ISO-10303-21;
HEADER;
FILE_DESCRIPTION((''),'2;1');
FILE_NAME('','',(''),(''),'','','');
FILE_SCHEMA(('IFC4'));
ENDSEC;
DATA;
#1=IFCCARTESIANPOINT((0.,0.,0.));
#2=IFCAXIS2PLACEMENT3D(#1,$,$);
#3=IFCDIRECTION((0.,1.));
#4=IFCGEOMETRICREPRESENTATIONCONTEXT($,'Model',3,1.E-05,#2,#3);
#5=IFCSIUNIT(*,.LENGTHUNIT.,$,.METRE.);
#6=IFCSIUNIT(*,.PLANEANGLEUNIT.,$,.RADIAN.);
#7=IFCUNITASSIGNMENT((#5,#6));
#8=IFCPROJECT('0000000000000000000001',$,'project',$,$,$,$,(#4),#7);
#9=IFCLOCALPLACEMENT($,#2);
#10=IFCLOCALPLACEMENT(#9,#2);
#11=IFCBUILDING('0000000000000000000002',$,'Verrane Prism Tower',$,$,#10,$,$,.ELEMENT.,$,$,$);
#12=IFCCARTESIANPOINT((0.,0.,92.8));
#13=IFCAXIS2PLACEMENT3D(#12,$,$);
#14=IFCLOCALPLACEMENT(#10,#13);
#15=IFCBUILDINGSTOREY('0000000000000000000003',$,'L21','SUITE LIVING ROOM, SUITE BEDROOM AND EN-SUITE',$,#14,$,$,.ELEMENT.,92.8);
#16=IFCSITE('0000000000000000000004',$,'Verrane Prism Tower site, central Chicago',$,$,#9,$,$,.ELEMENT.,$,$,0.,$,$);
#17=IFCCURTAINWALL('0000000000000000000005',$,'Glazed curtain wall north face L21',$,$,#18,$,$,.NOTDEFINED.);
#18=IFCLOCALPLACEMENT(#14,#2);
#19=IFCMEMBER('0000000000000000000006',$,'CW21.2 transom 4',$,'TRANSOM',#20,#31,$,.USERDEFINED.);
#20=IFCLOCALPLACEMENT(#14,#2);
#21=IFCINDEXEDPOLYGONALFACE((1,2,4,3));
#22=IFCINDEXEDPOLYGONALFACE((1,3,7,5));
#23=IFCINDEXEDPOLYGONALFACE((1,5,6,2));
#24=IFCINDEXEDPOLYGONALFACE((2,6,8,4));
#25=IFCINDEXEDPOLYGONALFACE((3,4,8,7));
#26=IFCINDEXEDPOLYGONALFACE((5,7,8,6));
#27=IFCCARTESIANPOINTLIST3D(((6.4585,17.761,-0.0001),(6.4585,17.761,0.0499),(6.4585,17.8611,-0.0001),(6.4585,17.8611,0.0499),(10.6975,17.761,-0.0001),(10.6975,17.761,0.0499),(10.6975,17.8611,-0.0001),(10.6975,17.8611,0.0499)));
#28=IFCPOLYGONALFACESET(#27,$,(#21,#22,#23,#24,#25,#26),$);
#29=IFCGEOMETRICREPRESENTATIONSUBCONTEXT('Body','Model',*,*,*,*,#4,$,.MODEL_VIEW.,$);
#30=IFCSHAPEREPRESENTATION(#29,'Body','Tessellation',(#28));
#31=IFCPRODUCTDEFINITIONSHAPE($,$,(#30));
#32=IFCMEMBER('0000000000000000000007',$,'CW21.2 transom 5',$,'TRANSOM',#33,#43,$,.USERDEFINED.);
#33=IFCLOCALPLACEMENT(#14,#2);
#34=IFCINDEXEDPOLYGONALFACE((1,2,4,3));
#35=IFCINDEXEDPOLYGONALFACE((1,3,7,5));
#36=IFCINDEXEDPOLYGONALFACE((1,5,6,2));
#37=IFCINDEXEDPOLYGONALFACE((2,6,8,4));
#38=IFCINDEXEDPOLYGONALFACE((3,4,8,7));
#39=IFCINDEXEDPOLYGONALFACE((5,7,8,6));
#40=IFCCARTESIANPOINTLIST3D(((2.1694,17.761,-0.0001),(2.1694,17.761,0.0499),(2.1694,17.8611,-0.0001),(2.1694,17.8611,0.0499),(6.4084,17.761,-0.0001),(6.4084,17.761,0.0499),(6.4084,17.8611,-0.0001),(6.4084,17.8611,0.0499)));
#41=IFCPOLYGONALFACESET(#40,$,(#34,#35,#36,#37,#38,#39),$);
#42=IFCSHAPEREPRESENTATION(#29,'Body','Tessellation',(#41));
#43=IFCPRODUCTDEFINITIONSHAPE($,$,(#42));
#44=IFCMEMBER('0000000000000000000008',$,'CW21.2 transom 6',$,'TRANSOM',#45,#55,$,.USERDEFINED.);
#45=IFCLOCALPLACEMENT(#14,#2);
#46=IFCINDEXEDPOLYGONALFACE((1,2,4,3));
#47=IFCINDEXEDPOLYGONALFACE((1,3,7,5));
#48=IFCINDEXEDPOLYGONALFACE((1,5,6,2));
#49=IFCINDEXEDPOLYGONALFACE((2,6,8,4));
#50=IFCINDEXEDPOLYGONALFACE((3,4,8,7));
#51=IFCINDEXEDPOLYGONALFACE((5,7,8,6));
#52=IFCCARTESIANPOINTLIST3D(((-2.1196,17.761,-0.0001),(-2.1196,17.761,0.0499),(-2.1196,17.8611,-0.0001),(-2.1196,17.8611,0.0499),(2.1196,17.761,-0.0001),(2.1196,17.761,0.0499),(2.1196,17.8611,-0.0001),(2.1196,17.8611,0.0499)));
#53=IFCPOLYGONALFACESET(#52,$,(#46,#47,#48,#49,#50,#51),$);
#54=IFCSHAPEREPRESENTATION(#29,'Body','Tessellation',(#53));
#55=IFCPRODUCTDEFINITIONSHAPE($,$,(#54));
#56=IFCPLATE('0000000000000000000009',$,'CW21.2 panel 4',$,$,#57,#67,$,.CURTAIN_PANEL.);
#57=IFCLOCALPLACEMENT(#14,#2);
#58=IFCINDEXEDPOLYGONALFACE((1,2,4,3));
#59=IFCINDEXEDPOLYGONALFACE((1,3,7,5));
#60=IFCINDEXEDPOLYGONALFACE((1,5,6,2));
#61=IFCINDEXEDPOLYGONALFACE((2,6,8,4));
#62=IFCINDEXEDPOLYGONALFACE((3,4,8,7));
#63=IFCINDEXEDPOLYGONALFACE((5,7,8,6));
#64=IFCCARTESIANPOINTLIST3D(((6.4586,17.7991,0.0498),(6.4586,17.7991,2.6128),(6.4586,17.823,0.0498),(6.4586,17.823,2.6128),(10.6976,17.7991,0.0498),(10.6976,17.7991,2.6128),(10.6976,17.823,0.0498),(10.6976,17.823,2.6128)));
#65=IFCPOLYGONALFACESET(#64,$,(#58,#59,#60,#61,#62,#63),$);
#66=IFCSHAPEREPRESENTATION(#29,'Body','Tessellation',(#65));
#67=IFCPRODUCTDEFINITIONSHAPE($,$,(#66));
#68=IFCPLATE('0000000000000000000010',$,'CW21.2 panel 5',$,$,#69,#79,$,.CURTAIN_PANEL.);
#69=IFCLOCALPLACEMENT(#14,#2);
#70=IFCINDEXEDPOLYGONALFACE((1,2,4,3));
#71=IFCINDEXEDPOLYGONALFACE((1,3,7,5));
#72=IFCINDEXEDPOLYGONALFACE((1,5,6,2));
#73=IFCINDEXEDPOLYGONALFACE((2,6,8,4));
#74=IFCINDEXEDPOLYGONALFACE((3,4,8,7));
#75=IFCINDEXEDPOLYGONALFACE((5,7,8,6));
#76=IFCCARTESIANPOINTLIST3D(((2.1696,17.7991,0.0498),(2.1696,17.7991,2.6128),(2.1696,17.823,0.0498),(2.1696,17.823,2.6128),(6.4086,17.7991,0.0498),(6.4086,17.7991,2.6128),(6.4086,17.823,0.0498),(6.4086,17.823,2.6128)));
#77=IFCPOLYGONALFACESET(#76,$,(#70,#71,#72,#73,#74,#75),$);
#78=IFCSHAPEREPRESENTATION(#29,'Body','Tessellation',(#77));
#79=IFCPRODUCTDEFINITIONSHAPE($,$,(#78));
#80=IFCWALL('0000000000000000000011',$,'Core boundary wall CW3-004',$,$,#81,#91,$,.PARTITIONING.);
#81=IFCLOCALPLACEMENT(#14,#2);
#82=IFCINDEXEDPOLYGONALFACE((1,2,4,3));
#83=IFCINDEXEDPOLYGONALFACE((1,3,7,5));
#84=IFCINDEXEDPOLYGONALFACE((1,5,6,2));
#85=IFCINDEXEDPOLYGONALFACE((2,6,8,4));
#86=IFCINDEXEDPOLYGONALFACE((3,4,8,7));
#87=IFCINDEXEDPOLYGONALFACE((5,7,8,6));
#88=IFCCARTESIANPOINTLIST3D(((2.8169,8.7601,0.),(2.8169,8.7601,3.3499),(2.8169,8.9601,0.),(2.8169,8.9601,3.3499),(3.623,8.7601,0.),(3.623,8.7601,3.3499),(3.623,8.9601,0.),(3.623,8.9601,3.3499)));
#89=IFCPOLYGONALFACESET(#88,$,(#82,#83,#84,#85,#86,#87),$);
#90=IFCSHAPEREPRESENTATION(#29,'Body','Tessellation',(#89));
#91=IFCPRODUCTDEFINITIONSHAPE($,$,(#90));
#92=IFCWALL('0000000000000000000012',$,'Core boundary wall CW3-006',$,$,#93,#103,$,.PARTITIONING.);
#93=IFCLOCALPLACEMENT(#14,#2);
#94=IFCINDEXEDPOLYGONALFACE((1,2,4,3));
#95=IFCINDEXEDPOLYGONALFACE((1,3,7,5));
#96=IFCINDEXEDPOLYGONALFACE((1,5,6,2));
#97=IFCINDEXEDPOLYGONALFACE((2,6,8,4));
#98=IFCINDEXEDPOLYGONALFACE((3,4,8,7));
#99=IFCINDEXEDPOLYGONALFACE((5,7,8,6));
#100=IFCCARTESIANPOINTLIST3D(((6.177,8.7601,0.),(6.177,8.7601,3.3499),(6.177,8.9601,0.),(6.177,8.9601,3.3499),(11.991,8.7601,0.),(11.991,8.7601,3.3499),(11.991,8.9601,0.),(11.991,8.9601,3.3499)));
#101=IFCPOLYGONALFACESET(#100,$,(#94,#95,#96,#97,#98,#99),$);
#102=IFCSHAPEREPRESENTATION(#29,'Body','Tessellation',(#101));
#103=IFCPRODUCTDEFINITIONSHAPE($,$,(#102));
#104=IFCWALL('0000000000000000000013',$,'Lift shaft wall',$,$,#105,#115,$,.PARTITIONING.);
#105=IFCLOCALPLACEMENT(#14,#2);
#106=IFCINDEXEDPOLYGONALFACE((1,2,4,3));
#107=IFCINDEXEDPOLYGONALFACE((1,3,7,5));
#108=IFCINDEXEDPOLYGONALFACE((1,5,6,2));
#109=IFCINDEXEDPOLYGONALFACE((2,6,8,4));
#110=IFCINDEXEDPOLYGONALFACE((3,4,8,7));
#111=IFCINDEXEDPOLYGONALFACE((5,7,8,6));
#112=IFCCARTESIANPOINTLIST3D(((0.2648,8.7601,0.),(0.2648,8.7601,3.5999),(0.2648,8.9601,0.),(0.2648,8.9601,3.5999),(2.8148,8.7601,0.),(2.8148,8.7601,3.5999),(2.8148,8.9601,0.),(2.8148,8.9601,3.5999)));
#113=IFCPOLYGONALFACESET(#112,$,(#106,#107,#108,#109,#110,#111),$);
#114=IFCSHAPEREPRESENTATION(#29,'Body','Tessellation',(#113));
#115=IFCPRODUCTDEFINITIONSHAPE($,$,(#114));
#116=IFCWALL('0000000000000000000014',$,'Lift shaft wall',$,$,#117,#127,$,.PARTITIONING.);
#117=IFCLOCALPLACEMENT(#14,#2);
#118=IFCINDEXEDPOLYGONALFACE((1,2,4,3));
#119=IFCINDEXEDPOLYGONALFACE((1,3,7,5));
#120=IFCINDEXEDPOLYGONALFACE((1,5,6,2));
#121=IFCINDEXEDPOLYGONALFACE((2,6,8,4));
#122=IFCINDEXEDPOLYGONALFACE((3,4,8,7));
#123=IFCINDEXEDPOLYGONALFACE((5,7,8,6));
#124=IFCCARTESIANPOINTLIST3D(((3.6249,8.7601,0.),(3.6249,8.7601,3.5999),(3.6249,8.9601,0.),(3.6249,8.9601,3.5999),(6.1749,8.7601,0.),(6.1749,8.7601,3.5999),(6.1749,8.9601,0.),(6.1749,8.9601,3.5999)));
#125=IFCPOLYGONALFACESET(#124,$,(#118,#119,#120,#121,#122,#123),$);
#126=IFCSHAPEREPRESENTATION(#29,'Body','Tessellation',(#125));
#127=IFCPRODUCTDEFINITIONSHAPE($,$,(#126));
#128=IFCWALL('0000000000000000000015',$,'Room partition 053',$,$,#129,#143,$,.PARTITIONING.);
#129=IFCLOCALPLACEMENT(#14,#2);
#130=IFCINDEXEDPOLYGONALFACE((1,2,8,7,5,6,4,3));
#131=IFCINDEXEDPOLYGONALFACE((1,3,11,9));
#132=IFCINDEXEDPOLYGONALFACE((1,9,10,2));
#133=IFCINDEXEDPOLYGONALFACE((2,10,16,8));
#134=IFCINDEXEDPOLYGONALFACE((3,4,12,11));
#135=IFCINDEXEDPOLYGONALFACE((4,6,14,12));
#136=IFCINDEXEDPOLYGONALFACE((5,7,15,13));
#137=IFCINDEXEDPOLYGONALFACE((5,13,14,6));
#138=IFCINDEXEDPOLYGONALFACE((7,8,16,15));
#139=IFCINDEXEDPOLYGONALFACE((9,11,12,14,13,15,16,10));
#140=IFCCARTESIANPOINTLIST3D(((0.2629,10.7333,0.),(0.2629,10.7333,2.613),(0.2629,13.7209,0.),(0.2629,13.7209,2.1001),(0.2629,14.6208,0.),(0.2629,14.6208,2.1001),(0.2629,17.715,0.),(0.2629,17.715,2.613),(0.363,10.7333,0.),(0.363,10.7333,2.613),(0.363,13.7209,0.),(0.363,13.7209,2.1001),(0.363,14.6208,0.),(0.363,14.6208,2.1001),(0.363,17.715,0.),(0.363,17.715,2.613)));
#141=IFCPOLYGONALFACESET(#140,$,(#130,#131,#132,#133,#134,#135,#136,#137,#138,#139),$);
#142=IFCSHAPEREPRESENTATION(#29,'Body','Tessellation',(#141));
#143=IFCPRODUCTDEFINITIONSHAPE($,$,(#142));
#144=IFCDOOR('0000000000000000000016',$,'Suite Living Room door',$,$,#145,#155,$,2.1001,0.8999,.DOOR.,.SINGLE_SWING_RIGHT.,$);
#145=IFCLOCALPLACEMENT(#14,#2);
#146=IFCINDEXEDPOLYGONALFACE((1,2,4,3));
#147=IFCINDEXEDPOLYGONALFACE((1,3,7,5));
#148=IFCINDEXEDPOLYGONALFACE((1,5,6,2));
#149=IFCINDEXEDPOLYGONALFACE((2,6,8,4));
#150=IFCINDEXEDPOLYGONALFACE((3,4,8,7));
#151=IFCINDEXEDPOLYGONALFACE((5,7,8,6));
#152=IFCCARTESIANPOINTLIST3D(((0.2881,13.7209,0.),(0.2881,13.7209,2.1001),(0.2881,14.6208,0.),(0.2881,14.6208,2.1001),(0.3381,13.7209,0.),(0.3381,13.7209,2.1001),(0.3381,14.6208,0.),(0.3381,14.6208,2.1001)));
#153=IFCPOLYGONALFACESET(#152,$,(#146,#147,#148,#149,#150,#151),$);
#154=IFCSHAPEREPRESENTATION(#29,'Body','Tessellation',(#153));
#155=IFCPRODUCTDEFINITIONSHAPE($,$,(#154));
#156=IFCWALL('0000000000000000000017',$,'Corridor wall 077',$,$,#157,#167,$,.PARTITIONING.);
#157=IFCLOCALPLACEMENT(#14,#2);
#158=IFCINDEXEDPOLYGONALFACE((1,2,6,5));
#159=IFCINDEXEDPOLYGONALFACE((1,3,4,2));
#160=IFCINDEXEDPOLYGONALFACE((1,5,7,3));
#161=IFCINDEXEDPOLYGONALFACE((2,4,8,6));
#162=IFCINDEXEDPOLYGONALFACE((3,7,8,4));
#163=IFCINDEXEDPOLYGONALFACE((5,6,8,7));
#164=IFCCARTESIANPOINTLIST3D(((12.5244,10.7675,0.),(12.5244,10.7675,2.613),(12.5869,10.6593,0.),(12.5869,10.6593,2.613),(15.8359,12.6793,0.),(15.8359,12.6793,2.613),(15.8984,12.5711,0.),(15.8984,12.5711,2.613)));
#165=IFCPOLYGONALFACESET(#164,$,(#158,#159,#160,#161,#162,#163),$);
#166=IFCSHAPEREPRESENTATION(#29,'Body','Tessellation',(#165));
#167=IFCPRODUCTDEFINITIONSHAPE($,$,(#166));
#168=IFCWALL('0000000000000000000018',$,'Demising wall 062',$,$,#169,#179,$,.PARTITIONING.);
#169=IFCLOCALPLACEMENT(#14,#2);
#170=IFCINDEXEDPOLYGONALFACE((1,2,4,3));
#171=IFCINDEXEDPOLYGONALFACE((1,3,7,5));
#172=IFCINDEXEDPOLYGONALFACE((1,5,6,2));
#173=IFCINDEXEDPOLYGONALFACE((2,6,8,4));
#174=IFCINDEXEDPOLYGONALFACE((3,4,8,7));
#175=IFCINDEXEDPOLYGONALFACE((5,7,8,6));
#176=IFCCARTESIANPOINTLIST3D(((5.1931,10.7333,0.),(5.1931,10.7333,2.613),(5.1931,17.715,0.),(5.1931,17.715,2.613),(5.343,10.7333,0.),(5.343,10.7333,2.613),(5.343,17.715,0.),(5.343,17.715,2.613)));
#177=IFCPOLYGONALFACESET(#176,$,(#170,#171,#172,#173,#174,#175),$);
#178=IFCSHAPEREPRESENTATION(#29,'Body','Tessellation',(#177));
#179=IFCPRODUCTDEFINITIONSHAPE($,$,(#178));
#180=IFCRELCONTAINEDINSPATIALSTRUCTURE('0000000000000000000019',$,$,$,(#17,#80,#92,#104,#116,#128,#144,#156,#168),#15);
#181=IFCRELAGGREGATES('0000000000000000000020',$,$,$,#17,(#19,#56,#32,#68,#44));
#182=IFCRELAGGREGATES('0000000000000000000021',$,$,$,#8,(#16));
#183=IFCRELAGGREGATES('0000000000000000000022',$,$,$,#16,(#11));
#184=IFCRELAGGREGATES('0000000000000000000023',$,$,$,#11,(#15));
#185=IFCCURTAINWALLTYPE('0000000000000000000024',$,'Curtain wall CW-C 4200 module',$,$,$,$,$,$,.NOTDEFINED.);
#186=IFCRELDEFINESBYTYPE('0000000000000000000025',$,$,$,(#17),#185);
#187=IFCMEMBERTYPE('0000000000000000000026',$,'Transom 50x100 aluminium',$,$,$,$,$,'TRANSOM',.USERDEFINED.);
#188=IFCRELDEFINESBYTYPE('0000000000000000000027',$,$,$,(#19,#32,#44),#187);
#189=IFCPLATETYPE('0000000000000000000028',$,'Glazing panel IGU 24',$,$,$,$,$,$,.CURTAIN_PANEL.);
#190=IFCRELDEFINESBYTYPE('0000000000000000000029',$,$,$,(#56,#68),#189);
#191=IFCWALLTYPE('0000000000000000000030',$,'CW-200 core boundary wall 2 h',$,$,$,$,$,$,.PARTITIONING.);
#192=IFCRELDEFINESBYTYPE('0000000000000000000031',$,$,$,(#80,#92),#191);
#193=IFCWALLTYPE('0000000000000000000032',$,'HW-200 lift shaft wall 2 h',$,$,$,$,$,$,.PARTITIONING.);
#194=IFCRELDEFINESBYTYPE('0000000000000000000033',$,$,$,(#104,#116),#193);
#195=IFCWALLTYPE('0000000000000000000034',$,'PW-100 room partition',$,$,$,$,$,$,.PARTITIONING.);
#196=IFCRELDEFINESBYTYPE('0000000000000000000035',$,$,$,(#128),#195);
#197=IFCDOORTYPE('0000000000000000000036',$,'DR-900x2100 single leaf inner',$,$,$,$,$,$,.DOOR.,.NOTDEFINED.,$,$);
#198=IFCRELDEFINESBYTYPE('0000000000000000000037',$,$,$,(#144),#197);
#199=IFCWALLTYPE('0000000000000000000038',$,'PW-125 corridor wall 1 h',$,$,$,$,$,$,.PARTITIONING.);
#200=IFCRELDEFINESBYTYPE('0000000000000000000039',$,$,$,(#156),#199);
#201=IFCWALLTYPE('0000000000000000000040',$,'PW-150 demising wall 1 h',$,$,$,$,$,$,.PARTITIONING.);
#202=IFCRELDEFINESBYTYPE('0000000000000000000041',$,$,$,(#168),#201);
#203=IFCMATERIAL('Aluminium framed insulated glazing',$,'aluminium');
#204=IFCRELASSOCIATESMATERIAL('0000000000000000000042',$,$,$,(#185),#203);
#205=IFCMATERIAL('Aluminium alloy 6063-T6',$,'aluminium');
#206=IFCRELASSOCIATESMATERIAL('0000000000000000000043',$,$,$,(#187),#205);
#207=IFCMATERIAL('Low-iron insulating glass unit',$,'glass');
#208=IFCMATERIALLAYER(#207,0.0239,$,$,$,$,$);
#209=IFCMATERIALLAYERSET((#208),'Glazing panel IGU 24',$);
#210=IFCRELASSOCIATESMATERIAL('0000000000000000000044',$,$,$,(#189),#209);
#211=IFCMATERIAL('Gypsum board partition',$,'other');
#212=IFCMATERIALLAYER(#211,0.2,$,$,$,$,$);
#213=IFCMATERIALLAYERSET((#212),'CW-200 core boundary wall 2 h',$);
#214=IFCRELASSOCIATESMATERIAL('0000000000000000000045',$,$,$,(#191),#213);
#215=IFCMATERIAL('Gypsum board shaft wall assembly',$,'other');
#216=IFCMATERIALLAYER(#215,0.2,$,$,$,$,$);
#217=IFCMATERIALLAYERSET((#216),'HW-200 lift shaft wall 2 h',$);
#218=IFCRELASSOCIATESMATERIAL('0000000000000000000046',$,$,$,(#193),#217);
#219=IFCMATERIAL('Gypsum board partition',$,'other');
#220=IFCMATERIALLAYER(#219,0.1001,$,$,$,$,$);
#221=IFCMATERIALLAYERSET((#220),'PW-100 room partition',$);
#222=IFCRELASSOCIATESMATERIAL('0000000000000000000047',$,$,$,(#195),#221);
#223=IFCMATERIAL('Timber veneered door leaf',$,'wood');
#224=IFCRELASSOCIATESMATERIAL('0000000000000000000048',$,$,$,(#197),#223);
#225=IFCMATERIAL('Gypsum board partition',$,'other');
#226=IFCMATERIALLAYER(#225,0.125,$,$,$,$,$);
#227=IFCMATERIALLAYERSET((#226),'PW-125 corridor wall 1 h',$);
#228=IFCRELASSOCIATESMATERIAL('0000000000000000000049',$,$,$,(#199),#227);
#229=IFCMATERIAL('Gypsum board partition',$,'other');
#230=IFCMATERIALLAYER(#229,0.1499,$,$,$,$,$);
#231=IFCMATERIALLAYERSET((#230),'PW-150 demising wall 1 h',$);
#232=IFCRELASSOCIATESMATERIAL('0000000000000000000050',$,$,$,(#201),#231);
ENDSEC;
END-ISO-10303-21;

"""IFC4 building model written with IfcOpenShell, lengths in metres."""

from ifc_helpers import new_model, si_unit, direction, frame, frame_2d, origin, origin_2d, place, context, subcontext, project, spatial, rectangle, extrude, material, layer, layer_set, material_profile, profile_set, type_object, element, fill, aggregate, save


model = new_model("IFC4")

# Units and contexts
model_context = context("Model", 3, precision=1e-05, world=origin(), true_north=direction((0.0, 1.0)))
body_context = subcontext(model_context, "Body", "Model", "MODEL_VIEW")
ifc_project = project(units=[si_unit("LENGTHUNIT", "METRE"), si_unit("PLANEANGLEUNIT", "RADIAN")], contexts=[model_context])

# Site, building, storey
site_placement = place(None, origin())
site = spatial("IfcSite", under=ifc_project, at=site_placement, Name="Verrane Prism Tower site, central Chicago", CompositionType="ELEMENT", RefElevation=0.0)
building_placement = place(site_placement, origin())
building = spatial("IfcBuilding", under=site, at=building_placement, Name="Verrane Prism Tower", CompositionType="ELEMENT")
storey_placement = place(building_placement, frame((0.0, 0.0, 92.8)))
storey = spatial("IfcBuildingStorey", under=building, at=storey_placement, Name="L21", Description="SUITE LIVING ROOM, SUITE BEDROOM AND EN-SUITE", CompositionType="ELEMENT", Elevation=92.8)

# Curtain wall
ifc_material_1 = material(Name="Aluminium framed insulated glazing", Category="aluminium")
curtain_wall_type = type_object("IfcCurtainWallType", Name="Curtain wall CW-C 4200 module", PredefinedType="NOTDEFINED", material=ifc_material_1)
curtain_wall_placement = place(storey_placement, origin())
curtain_wall = element("IfcCurtainWall", 1, at=curtain_wall_placement, inside=storey, type_object=curtain_wall_type, Name="Glazed curtain wall north face L21", PredefinedType="NOTDEFINED")

# Members
ifc_material_2 = material(Name="Aluminium alloy 6063-T6", Category="aluminium")
ifc_material_profile_1 = material_profile(ifc_material_2, rectangle(XDim=0.1001, YDim=0.05, at=origin_2d()), Name="Transom 50x100 aluminium")
ifc_profile_set_1 = profile_set([ifc_material_profile_1], Name="Aluminium alloy 6063-T6")
member_type_1 = type_object("IfcMemberType", Name="Transom 50x100 aluminium", ElementType="TRANSOM", PredefinedType="USERDEFINED", material=ifc_profile_set_1)
member_1_placement = place(storey_placement, frame((10.6975, 17.811, 0.0249), z_axis=(-1.0, 0.0, 0.0), x_axis=(0.0, -1.0, 0.0)))
member_1 = element("IfcMember", 2, at=member_1_placement, type_object=member_type_1, Name="CW21.2 transom 4", ObjectType="TRANSOM", PredefinedType="USERDEFINED", context=body_context, shape_type="SweptSolid", body=[
    extrude(rectangle(XDim=0.1001, YDim=0.05, at=origin_2d()), origin(), (0.0, 0.0, 1.0), 4.239),
])
member_2_placement = place(storey_placement, frame((6.4084, 17.811, 0.0249), z_axis=(-1.0, 0.0, 0.0), x_axis=(0.0, -1.0, 0.0)))
member_2 = element("IfcMember", 3, at=member_2_placement, type_object=member_type_1, Name="CW21.2 transom 5", ObjectType="TRANSOM", PredefinedType="USERDEFINED", context=body_context, shape_type="SweptSolid", body=[
    extrude(rectangle(XDim=0.1001, YDim=0.05, at=origin_2d()), origin(), (0.0, 0.0, 1.0), 4.239),
])
member_3_placement = place(storey_placement, frame((2.1196, 17.811, 0.0249), z_axis=(-1.0, 0.0, 0.0), x_axis=(0.0, -1.0, 0.0)))
member_3 = element("IfcMember", 4, at=member_3_placement, type_object=member_type_1, Name="CW21.2 transom 6", ObjectType="TRANSOM", PredefinedType="USERDEFINED", context=body_context, shape_type="SweptSolid", body=[
    extrude(rectangle(XDim=0.1001, YDim=0.05, at=origin_2d()), origin(), (0.0, 0.0, 1.0), 4.2393),
])

# Plates
ifc_material_3 = material(Name="Low-iron insulating glass unit", Category="glass")
ifc_layer_1 = layer(ifc_material_3, 0.0239)
ifc_layer_set_1 = layer_set([ifc_layer_1], Name="Glazing panel IGU 24")
plate_type = type_object("IfcPlateType", Name="Glazing panel IGU 24", PredefinedType="CURTAIN_PANEL", material=ifc_layer_set_1)
plate_1_placement = place(storey_placement, frame((8.5781, 17.811, 0.0498), z_axis=(0.0, 0.0, 1.0), x_axis=(-1.0, 0.0, 0.0)))
plate_1 = element("IfcPlate", 5, at=plate_1_placement, type_object=plate_type, Name="CW21.2 panel 4", PredefinedType="CURTAIN_PANEL", context=body_context, shape_type="SweptSolid", body=[
    extrude(rectangle(XDim=4.239, YDim=0.0239, at=origin_2d()), origin(), (0.0, 0.0, 1.0), 2.563),
])
plate_2_placement = place(storey_placement, frame((4.2891, 17.811, 0.0498), z_axis=(0.0, 0.0, 1.0), x_axis=(-1.0, 0.0, 0.0)))
plate_2 = element("IfcPlate", 6, at=plate_2_placement, type_object=plate_type, Name="CW21.2 panel 5", PredefinedType="CURTAIN_PANEL", context=body_context, shape_type="SweptSolid", body=[
    extrude(rectangle(XDim=4.239, YDim=0.0239, at=origin_2d()), origin(), (0.0, 0.0, 1.0), 2.563),
])
aggregate(curtain_wall, [member_1, plate_1, member_2, plate_2, member_3])

# Walls
ifc_material_4 = material(Name="Gypsum board partition", Category="other")
ifc_layer_2 = layer(ifc_material_4, 0.2)
ifc_layer_set_2 = layer_set([ifc_layer_2], Name="CW-200 core boundary wall 2 h")
wall_type_1 = type_object("IfcWallType", Name="CW-200 core boundary wall 2 h", PredefinedType="PARTITIONING", material=ifc_layer_set_2)
wall_1_placement = place(storey_placement, frame((2.8169, 8.8601, 0.0), z_axis=(0.0, 0.0, 1.0), x_axis=(1.0, 0.0, 0.0)))
element("IfcWall", 7, at=wall_1_placement, inside=storey, type_object=wall_type_1, Name="Core boundary wall CW3-004", PredefinedType="PARTITIONING", context=body_context, shape_type="SweptSolid", body=[
    extrude(rectangle(XDim=0.8062, YDim=0.2, at=frame_2d((0.4031, 0.0))), origin(), (0.0, 0.0, 1.0), 3.3499),
])
wall_2_placement = place(storey_placement, frame((6.177, 8.8601, 0.0), z_axis=(0.0, 0.0, 1.0), x_axis=(1.0, 0.0, 0.0)))
element("IfcWall", 8, at=wall_2_placement, inside=storey, type_object=wall_type_1, Name="Core boundary wall CW3-006", PredefinedType="PARTITIONING", context=body_context, shape_type="SweptSolid", body=[
    extrude(rectangle(XDim=5.814, YDim=0.2, at=frame_2d((2.907, 0.0))), origin(), (0.0, 0.0, 1.0), 3.3499),
])
ifc_material_5 = material(Name="Gypsum board shaft wall assembly", Category="other")
ifc_layer_3 = layer(ifc_material_5, 0.2)
ifc_layer_set_3 = layer_set([ifc_layer_3], Name="HW-200 lift shaft wall 2 h")
wall_type_2 = type_object("IfcWallType", Name="HW-200 lift shaft wall 2 h", PredefinedType="PARTITIONING", material=ifc_layer_set_3)
for number, where, z_axis, x_axis, name in (
    (9, (0.2649, 8.8601, 0.0), (0.0, 0.0, 1.0), (1.0, 0.0, 0.0), "Lift shaft wall"),
    (10, (3.625, 8.8601, 0.0), (0.0, 0.0, 1.0), (1.0, 0.0, 0.0), "Lift shaft wall"),
):
    element("IfcWall", number, at=place(storey_placement, frame(where, z_axis=z_axis, x_axis=x_axis)), inside=storey, type_object=wall_type_2, Name=name, PredefinedType="PARTITIONING", context=body_context, shape_type="SweptSolid", body=[
        extrude(rectangle(XDim=2.55, YDim=0.2, at=frame_2d((1.2749, 0.0))), origin(), (0.0, 0.0, 1.0), 3.5999),
    ])

# Wall, opening, door
ifc_material_6 = material(Name="Gypsum board partition", Category="other")
ifc_layer_4 = layer(ifc_material_6, 0.1001)
ifc_layer_set_4 = layer_set([ifc_layer_4], Name="PW-100 room partition")
wall_type_3 = type_object("IfcWallType", Name="PW-100 room partition", PredefinedType="PARTITIONING", material=ifc_layer_set_4)
wall_3_placement = place(storey_placement, frame((0.313, 10.7334, 0.0), z_axis=(0.0, 0.0, 1.0), x_axis=(0.0, 1.0, 0.0)))
wall_3 = element("IfcWall", 11, at=wall_3_placement, inside=storey, type_object=wall_type_3, Name="Room partition 053", PredefinedType="PARTITIONING", context=body_context, shape_type="SweptSolid", body=[
    extrude(rectangle(XDim=6.9817, YDim=0.1001, at=frame_2d((3.4907, 0.0))), origin(), (0.0, 0.0, 1.0), 2.613),
])
opening_1_placement = place(wall_3_placement, frame((2.9875, 0.0, 0.0)))
opening_1 = element("IfcOpeningElement", 12, at=opening_1_placement, cuts=wall_3, PredefinedType="OPENING", context=body_context, shape_type="SweptSolid", body=[
    extrude(rectangle(XDim=0.8999, YDim=2.1001, at=frame_2d((0.45, 1.05))), frame((0.0, 0.0601, 0.0), z_axis=(0.0, -1.0, 0.0), x_axis=(1.0, 0.0, 0.0)), (0.0, 0.0, 1.0), 0.1201),
])
ifc_material_7 = material(Name="Timber veneered door leaf", Category="wood")
door_type_1 = type_object("IfcDoorType", Name="DR-900x2100 single leaf inner", OperationType="NOTDEFINED", PredefinedType="DOOR", material=ifc_material_7)
door_1_placement = place(opening_1_placement, origin())
door_1 = element("IfcDoor", 13, at=door_1_placement, inside=storey, type_object=door_type_1, Name="Suite Living Room door", OperationType="SINGLE_SWING_RIGHT", OverallHeight=2.1001, OverallWidth=0.8999, PredefinedType="DOOR", context=body_context, shape_type="SweptSolid", body=[
    extrude(rectangle(XDim=0.8999, YDim=2.1001, at=frame_2d((0.45, 1.05))), frame((0.0, 0.0249, 0.0), z_axis=(0.0, -1.0, 0.0), x_axis=(1.0, 0.0, 0.0)), (0.0, 0.0, 1.0), 0.05),
])
fill(opening_1, door_1)

# Walls
ifc_material_8 = material(Name="Gypsum board partition", Category="other")
ifc_layer_5 = layer(ifc_material_8, 0.125)
ifc_layer_set_5 = layer_set([ifc_layer_5], Name="PW-125 corridor wall 1 h")
wall_type_4 = type_object("IfcWallType", Name="PW-125 corridor wall 1 h", PredefinedType="PARTITIONING", material=ifc_layer_set_5)
wall_4_placement = place(storey_placement, frame((12.5557, 10.7134, 0.0), z_axis=(0.0, 0.0, 1.0), x_axis=(0.86603, 0.499991, 0.0)))
element("IfcWall", 14, at=wall_4_placement, inside=storey, type_object=wall_type_4, Name="Corridor wall 077", PredefinedType="PARTITIONING", context=body_context, shape_type="SweptSolid", body=[
    extrude(rectangle(XDim=3.8237, YDim=0.125, at=frame_2d((1.9119, 0.0))), origin(), (0.0, 0.0, 1.0), 2.613),
])
ifc_material_9 = material(Name="Gypsum board partition", Category="other")
ifc_layer_6 = layer(ifc_material_9, 0.1499)
ifc_layer_set_6 = layer_set([ifc_layer_6], Name="PW-150 demising wall 1 h")
wall_type_5 = type_object("IfcWallType", Name="PW-150 demising wall 1 h", PredefinedType="PARTITIONING", material=ifc_layer_set_6)
for number, where, z_axis, x_axis, name in (
    (15, (5.2681, 10.7334, 0.0), (0.0, 0.0, 1.0), (0.0, 1.0, 0.0), "Demising wall 062"),
):
    element("IfcWall", number, at=place(storey_placement, frame(where, z_axis=z_axis, x_axis=x_axis)), inside=storey, type_object=wall_type_5, Name=name, PredefinedType="PARTITIONING", context=body_context, shape_type="SweptSolid", body=[
        extrude(rectangle(XDim=6.9817, YDim=0.1499, at=frame_2d((3.4907, 0.0))), origin(), (0.0, 0.0, 1.0), 2.613),
    ])

save(model, "model.ifc")
